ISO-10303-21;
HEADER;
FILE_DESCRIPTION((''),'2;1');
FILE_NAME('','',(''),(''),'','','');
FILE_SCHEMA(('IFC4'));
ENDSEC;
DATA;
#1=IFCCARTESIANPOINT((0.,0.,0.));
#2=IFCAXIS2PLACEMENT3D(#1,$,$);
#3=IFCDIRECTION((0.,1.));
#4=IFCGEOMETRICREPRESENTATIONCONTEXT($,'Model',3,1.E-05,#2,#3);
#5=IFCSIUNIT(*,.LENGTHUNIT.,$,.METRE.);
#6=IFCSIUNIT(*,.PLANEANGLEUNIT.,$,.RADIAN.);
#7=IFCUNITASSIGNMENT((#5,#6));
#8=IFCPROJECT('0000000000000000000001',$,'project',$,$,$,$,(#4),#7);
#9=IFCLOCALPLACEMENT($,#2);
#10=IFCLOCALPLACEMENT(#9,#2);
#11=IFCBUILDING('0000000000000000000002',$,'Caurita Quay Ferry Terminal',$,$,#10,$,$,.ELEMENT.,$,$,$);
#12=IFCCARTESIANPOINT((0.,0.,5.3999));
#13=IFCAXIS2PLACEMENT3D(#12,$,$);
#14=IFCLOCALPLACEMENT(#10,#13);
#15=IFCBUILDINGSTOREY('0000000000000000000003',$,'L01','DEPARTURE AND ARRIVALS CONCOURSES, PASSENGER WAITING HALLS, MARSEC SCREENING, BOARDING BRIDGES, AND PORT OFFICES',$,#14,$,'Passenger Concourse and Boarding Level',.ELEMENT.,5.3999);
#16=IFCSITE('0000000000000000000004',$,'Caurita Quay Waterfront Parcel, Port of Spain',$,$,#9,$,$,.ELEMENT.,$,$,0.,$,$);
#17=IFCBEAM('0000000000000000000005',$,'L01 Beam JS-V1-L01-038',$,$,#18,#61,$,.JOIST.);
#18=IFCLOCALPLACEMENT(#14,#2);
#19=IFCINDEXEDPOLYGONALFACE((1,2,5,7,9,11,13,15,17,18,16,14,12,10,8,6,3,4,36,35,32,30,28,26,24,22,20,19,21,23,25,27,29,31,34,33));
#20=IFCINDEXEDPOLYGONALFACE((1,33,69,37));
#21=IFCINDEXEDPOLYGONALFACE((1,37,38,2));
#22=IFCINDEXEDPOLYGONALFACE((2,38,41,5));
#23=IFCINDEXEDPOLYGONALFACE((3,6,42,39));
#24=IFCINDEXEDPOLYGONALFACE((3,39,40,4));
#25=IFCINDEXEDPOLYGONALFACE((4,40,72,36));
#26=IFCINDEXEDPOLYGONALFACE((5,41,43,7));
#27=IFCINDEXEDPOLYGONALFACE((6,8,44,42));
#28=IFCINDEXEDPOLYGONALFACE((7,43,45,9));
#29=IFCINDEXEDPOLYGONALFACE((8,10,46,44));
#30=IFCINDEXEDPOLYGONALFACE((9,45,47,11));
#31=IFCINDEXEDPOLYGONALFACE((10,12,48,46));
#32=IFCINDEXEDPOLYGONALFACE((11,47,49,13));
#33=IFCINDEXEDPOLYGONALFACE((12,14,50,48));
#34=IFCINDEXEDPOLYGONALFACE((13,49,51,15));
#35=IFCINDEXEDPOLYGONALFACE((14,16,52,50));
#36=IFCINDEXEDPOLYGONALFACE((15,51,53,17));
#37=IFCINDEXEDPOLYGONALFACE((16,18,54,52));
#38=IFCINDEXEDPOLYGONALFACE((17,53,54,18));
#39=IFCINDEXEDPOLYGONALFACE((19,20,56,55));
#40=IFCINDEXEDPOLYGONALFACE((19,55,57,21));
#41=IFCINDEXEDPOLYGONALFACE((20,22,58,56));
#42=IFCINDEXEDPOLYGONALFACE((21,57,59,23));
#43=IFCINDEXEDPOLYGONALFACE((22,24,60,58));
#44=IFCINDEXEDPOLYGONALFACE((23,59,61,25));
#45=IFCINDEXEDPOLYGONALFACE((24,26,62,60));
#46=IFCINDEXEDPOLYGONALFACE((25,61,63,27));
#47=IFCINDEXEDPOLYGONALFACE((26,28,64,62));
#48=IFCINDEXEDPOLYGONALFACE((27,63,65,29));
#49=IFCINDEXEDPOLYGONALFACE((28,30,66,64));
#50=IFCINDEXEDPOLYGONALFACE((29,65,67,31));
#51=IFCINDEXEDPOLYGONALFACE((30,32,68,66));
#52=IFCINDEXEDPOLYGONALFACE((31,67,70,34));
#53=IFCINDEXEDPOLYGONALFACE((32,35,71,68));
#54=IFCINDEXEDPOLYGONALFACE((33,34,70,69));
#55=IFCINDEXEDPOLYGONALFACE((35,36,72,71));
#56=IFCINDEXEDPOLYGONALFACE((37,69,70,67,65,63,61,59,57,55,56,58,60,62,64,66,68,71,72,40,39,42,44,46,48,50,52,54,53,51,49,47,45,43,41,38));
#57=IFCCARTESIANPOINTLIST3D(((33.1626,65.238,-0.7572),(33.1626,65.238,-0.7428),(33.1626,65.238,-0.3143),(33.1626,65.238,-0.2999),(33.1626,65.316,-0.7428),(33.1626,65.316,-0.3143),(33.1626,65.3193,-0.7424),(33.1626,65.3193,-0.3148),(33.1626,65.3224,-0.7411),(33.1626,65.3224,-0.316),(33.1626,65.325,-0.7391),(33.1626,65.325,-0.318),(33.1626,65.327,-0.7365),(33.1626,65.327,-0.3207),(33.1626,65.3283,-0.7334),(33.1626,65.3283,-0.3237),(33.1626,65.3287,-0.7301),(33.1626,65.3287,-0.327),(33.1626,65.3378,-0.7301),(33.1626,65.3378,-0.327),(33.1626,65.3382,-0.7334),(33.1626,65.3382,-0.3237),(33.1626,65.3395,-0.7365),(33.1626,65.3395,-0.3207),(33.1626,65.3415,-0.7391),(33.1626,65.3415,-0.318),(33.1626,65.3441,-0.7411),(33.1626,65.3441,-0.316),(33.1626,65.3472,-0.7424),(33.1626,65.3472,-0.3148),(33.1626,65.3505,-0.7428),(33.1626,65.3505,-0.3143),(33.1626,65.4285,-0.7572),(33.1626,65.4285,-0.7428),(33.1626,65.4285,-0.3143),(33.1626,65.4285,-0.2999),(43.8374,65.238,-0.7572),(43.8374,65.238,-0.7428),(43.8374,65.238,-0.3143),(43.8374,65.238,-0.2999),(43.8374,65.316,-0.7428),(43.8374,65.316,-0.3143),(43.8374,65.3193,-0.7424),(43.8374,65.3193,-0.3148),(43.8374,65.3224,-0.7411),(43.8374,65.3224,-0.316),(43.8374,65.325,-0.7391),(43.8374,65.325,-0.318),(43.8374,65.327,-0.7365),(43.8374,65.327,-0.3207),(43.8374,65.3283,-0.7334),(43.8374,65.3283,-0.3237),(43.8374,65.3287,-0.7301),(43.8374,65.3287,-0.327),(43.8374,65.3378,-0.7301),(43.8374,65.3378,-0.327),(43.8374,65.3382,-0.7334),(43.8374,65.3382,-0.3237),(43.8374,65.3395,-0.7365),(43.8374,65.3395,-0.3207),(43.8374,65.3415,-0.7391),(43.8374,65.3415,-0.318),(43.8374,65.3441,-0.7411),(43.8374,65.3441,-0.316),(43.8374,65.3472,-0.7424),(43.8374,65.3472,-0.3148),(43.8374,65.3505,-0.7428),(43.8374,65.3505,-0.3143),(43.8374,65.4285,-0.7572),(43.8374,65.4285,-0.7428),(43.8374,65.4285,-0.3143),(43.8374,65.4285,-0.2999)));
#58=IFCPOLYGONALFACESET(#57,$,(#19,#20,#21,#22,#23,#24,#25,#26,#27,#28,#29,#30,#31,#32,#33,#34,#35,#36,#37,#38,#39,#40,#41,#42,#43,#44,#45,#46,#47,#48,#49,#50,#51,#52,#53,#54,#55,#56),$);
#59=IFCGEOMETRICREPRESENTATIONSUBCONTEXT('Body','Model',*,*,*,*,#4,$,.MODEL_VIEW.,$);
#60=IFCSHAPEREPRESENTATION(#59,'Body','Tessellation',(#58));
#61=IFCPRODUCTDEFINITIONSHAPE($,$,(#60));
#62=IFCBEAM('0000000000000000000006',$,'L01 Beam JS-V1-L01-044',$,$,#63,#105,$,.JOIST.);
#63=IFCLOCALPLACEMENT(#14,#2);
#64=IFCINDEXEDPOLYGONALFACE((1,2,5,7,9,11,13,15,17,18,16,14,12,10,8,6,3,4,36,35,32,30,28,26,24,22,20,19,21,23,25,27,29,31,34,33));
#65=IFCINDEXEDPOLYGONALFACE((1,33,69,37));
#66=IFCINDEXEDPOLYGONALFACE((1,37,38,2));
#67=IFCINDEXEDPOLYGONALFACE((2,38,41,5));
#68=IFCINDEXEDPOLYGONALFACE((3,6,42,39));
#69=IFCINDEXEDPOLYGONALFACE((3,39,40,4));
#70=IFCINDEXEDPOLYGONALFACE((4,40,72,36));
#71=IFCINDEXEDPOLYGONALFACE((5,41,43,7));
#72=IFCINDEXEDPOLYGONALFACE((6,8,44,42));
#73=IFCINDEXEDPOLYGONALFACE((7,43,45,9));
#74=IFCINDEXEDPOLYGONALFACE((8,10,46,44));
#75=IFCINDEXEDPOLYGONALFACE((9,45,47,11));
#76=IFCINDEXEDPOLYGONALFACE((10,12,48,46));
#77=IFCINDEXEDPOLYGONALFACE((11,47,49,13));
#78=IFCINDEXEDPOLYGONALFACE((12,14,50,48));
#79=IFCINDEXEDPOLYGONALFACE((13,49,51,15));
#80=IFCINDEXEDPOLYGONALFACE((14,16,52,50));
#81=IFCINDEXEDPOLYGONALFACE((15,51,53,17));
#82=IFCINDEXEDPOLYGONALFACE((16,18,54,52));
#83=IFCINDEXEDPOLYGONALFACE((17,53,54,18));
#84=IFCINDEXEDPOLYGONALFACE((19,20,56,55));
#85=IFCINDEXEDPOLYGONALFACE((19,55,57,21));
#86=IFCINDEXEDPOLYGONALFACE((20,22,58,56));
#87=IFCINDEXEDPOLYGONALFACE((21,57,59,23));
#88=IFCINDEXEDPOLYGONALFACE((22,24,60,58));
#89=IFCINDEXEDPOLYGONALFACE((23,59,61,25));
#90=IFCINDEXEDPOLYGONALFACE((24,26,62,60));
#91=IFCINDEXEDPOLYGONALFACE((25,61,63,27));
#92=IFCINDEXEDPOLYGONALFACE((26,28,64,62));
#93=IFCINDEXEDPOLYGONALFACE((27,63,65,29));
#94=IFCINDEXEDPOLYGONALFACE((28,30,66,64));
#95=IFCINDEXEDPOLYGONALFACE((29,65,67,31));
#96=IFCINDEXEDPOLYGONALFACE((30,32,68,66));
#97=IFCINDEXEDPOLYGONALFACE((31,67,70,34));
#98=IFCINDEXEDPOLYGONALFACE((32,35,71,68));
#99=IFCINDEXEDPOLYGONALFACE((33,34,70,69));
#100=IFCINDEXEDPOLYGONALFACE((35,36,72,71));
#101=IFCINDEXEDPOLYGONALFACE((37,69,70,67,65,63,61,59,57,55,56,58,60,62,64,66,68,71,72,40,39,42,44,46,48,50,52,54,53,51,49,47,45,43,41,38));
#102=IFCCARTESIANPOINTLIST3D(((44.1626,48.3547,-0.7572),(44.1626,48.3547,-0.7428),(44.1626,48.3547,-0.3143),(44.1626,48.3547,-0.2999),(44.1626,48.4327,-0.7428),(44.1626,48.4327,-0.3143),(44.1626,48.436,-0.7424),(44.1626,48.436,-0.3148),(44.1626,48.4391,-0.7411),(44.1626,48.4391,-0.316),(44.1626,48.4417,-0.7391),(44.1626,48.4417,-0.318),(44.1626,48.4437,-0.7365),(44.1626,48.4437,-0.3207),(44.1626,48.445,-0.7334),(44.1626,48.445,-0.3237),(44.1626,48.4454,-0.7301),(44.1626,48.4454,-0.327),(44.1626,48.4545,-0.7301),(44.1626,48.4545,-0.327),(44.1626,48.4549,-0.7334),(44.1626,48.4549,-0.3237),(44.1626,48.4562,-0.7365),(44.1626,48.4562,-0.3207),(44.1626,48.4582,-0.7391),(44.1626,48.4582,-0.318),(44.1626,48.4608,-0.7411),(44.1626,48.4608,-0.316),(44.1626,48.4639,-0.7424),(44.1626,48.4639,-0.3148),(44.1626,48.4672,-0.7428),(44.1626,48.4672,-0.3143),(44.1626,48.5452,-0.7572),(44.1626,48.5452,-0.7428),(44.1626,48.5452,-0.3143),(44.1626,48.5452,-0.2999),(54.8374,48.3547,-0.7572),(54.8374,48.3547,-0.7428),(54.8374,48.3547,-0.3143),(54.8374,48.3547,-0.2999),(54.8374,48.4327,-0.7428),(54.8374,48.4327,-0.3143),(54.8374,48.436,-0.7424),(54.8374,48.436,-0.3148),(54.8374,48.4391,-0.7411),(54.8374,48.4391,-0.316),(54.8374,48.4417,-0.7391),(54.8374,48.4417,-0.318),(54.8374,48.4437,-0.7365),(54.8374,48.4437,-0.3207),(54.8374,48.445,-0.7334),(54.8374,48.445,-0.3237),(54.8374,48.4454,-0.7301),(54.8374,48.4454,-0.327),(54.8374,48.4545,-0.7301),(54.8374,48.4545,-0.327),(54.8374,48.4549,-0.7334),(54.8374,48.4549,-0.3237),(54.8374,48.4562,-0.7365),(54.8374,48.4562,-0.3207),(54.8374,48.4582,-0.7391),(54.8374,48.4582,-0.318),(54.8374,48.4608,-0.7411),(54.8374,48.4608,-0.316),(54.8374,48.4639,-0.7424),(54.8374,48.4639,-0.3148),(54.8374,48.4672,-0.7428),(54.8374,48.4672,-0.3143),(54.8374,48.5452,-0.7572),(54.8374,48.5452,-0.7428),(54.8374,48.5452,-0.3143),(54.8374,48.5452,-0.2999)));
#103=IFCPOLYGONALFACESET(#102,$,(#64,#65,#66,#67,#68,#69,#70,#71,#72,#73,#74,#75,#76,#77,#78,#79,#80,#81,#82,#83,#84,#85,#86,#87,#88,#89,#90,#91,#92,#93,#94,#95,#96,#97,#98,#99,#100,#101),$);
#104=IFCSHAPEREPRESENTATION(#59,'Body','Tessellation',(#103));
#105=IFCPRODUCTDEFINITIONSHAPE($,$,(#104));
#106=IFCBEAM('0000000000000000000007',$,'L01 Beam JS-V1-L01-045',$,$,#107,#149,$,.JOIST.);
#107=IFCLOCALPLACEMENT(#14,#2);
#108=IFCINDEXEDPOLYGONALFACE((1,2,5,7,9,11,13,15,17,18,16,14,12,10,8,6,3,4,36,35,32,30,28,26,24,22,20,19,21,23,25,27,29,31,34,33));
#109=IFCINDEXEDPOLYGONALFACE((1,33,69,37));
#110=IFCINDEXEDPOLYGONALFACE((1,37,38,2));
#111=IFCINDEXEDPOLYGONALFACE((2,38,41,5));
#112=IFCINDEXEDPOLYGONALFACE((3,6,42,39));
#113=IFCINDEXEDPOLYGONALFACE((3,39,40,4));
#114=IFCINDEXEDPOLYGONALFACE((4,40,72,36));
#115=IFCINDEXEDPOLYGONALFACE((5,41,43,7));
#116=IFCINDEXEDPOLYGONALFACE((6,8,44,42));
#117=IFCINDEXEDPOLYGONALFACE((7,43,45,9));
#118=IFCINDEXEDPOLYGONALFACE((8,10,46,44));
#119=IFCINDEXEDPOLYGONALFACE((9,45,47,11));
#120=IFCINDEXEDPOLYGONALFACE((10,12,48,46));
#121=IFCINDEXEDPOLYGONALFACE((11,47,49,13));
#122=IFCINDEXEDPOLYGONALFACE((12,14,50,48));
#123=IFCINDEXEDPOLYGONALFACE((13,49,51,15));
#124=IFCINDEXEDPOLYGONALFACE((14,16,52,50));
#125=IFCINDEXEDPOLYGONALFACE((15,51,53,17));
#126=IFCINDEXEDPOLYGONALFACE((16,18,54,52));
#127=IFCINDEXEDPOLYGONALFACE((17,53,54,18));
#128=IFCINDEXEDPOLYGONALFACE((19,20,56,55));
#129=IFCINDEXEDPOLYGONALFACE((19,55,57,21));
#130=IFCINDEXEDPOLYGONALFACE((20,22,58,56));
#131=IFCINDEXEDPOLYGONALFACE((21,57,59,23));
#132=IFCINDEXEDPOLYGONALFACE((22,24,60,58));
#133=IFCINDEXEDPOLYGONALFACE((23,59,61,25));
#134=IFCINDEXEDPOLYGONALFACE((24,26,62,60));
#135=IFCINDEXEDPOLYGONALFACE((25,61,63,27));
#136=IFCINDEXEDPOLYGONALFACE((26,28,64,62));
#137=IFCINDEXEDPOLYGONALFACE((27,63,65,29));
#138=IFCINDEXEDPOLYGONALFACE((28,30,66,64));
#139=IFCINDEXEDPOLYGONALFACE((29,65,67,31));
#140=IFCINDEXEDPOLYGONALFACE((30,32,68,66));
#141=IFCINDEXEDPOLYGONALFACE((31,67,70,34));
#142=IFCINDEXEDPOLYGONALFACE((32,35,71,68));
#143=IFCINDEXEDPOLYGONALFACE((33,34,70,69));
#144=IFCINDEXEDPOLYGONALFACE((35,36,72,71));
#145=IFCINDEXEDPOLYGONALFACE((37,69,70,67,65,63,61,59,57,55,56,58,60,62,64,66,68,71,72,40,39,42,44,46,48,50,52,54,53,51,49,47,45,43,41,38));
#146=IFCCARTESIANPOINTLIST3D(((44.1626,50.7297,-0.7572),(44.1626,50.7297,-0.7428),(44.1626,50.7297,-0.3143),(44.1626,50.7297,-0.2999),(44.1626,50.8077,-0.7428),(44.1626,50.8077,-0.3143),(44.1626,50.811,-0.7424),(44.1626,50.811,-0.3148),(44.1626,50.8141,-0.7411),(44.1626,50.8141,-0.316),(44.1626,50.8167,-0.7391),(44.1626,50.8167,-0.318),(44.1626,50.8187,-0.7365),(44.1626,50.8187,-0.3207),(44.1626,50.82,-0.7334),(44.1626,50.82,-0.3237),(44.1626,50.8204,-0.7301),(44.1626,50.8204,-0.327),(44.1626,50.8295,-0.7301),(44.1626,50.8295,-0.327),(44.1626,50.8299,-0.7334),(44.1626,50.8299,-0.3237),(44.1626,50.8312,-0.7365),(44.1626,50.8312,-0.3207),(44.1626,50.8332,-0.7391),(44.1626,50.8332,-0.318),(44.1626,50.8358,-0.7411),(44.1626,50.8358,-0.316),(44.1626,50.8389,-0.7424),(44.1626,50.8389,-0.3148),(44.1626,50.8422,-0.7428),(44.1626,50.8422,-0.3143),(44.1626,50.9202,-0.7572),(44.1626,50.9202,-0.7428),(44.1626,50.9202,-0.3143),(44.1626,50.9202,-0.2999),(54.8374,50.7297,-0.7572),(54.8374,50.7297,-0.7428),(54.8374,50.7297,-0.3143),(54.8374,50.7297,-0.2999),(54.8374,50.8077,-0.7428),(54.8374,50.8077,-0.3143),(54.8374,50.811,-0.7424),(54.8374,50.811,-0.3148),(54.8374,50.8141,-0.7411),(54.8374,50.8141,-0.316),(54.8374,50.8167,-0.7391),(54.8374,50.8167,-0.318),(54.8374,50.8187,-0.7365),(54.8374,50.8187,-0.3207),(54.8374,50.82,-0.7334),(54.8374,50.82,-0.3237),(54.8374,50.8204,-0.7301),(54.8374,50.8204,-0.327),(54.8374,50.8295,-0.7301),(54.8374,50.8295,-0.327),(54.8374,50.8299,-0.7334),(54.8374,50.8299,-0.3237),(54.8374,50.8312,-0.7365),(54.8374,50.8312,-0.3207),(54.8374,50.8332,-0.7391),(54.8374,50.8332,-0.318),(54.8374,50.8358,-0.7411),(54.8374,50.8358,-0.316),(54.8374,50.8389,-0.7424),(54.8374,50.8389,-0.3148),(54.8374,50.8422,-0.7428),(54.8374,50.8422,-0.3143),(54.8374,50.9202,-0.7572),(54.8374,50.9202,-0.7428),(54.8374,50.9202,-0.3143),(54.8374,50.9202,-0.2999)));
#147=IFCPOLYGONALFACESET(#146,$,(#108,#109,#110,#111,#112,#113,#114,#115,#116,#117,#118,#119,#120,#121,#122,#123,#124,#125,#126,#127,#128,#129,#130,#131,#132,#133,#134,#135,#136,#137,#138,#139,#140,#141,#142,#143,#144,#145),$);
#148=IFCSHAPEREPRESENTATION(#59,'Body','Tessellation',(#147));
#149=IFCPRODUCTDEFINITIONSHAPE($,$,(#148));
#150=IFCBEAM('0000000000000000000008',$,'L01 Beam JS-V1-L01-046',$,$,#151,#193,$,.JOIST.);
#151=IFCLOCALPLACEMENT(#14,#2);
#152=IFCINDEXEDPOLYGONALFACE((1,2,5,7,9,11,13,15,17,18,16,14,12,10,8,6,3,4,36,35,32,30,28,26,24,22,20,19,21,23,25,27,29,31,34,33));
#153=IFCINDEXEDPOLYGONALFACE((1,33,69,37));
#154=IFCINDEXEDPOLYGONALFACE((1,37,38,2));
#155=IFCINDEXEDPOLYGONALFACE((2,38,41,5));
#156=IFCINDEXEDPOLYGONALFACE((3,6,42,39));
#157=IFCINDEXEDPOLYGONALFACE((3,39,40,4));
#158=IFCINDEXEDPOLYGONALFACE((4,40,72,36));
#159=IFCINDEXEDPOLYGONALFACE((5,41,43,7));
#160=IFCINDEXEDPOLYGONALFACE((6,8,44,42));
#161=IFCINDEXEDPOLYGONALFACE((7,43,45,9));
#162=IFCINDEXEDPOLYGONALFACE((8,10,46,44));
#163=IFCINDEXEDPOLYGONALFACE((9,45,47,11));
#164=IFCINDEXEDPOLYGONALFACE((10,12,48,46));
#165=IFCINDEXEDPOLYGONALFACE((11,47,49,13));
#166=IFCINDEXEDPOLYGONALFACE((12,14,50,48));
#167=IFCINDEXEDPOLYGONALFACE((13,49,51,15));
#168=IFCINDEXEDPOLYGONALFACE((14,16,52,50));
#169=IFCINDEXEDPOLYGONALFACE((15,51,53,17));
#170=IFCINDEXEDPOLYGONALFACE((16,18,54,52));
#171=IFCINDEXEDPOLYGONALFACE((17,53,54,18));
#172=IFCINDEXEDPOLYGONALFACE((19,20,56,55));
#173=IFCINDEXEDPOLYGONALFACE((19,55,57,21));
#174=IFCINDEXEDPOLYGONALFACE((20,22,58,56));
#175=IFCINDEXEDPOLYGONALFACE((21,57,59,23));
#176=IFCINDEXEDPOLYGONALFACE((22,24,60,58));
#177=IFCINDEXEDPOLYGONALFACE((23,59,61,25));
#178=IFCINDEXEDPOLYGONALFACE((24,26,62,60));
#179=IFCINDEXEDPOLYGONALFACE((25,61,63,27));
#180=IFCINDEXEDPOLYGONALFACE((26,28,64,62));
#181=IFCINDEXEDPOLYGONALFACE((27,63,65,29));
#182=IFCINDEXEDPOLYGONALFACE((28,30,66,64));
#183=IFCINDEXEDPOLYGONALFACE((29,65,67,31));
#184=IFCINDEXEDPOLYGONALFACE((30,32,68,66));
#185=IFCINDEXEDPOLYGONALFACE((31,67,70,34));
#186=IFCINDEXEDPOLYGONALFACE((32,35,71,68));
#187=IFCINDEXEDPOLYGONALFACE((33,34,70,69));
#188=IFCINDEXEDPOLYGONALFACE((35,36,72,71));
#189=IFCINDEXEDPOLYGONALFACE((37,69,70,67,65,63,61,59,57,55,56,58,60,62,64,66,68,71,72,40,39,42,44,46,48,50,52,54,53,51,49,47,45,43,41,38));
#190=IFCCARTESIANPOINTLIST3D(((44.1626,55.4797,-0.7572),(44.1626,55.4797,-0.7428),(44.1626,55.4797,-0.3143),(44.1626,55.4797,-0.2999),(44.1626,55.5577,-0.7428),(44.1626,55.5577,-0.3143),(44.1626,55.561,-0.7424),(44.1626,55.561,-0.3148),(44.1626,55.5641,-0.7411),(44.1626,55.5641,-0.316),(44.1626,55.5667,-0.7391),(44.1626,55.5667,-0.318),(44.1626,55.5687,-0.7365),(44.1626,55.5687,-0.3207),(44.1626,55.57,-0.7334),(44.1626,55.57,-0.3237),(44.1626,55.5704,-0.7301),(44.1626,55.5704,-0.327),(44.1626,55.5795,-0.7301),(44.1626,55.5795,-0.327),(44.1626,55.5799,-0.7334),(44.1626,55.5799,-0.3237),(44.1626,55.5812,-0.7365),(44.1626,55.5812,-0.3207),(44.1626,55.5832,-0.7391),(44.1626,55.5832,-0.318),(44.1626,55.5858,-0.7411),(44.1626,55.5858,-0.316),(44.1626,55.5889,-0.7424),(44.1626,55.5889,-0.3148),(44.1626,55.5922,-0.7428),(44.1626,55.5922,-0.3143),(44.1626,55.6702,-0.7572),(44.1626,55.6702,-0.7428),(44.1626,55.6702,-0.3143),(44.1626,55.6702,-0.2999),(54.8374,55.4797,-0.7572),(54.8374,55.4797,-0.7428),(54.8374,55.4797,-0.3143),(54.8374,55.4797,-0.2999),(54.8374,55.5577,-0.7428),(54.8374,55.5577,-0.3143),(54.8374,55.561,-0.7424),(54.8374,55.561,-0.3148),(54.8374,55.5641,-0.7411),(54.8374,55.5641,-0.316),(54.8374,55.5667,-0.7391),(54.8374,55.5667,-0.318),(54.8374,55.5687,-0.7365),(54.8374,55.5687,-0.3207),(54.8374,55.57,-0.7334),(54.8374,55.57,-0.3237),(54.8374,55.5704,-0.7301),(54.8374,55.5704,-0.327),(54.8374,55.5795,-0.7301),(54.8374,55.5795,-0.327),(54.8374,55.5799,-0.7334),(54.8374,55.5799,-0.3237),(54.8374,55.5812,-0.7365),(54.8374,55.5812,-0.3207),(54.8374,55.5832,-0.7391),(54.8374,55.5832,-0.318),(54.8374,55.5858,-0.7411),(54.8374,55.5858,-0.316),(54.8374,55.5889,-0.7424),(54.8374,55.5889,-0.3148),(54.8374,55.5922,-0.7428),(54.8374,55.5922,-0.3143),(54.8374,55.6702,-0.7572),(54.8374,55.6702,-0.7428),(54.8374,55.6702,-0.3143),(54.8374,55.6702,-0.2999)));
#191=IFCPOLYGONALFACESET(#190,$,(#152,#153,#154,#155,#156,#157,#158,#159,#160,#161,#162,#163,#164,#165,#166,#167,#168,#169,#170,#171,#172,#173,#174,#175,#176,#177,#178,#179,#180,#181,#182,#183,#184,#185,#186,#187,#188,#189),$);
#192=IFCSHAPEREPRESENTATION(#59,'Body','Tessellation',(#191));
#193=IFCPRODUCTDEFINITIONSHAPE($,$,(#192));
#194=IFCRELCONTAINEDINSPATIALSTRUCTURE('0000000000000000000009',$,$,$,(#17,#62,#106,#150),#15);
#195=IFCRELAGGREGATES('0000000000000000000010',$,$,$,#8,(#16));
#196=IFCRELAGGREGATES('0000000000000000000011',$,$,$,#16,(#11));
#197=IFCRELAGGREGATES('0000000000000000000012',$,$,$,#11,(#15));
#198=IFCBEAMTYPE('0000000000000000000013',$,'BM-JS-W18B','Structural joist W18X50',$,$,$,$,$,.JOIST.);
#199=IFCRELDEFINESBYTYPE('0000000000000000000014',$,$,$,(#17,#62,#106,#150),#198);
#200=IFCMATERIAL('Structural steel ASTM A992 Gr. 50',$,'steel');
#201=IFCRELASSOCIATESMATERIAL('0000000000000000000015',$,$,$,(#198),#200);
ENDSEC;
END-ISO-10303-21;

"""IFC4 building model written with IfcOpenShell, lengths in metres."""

from ifc_helpers import new_model, si_unit, direction, frame, origin, origin_2d, place, context, subcontext, project, spatial, i_section, extrude, material, material_profile, profile_set, type_object, element, save


model = new_model("IFC4")

# Units and contexts
model_context = context("Model", 3, precision=1e-05, world=origin(), true_north=direction((0.0, 1.0)))
body_context = subcontext(model_context, "Body", "Model", "MODEL_VIEW")
ifc_project = project(units=[si_unit("LENGTHUNIT", "METRE"), si_unit("PLANEANGLEUNIT", "RADIAN")], contexts=[model_context])

# Site, building, storey
site_placement = place(None, origin())
site = spatial("IfcSite", under=ifc_project, at=site_placement, Name="Caurita Quay Waterfront Parcel, Port of Spain", CompositionType="ELEMENT", RefElevation=0.0)
building_placement = place(site_placement, origin())
building = spatial("IfcBuilding", under=site, at=building_placement, Name="Caurita Quay Ferry Terminal", CompositionType="ELEMENT")
storey_placement = place(building_placement, frame((0.0, 0.0, 5.3999)))
storey = spatial("IfcBuildingStorey", under=building, at=storey_placement, Name="L01", Description="DEPARTURE AND ARRIVALS CONCOURSES, PASSENGER WAITING HALLS, MARSEC SCREENING, BOARDING BRIDGES, AND PORT OFFICES", LongName="Passenger Concourse and Boarding Level", CompositionType="ELEMENT", Elevation=5.3999)

# Beams
ifc_material_1 = material(Name="Structural steel ASTM A992 Gr. 50", Category="steel")
ifc_material_profile_1 = material_profile(ifc_material_1, i_section(OverallWidth=0.1904, OverallDepth=0.4573, WebThickness=0.009, FlangeThickness=0.0144, FilletRadius=0.0127, at=origin_2d()), Name="W18X50")
ifc_profile_set_1 = profile_set([ifc_material_profile_1], Name="Structural steel ASTM A992 Gr. 50")
beam_type_1 = type_object("IfcBeamType", Name="BM-JS-W18B", Description="Structural joist W18X50", PredefinedType="JOIST", material=ifc_profile_set_1)
for number, where, z_axis, x_axis, name in (
    (1, (33.1626, 65.3333, -0.5286), (1.0, 0.0, 0.0), (0.0, 1.0, 0.0), "L01 Beam JS-V1-L01-038"),
    (2, (44.1626, 48.45, -0.5286), (1.0, 0.0, 0.0), (0.0, 1.0, 0.0), "L01 Beam JS-V1-L01-044"),
    (3, (44.1626, 50.825, -0.5286), (1.0, 0.0, 0.0), (0.0, 1.0, 0.0), "L01 Beam JS-V1-L01-045"),
    (4, (44.1626, 55.575, -0.5286), (1.0, 0.0, 0.0), (0.0, 1.0, 0.0), "L01 Beam JS-V1-L01-046"),
):
    element("IfcBeam", number, at=place(storey_placement, frame(where, z_axis=z_axis, x_axis=x_axis)), inside=storey, type_object=beam_type_1, Name=name, PredefinedType="JOIST", context=body_context, shape_type="SweptSolid", body=[
        extrude(i_section(OverallWidth=0.1904, OverallDepth=0.4573, WebThickness=0.009, FlangeThickness=0.0144, FilletRadius=0.0127, at=origin_2d()), origin(), (0.0, 0.0, 1.0), 10.6748),
    ])

save(model, "model.ifc")
